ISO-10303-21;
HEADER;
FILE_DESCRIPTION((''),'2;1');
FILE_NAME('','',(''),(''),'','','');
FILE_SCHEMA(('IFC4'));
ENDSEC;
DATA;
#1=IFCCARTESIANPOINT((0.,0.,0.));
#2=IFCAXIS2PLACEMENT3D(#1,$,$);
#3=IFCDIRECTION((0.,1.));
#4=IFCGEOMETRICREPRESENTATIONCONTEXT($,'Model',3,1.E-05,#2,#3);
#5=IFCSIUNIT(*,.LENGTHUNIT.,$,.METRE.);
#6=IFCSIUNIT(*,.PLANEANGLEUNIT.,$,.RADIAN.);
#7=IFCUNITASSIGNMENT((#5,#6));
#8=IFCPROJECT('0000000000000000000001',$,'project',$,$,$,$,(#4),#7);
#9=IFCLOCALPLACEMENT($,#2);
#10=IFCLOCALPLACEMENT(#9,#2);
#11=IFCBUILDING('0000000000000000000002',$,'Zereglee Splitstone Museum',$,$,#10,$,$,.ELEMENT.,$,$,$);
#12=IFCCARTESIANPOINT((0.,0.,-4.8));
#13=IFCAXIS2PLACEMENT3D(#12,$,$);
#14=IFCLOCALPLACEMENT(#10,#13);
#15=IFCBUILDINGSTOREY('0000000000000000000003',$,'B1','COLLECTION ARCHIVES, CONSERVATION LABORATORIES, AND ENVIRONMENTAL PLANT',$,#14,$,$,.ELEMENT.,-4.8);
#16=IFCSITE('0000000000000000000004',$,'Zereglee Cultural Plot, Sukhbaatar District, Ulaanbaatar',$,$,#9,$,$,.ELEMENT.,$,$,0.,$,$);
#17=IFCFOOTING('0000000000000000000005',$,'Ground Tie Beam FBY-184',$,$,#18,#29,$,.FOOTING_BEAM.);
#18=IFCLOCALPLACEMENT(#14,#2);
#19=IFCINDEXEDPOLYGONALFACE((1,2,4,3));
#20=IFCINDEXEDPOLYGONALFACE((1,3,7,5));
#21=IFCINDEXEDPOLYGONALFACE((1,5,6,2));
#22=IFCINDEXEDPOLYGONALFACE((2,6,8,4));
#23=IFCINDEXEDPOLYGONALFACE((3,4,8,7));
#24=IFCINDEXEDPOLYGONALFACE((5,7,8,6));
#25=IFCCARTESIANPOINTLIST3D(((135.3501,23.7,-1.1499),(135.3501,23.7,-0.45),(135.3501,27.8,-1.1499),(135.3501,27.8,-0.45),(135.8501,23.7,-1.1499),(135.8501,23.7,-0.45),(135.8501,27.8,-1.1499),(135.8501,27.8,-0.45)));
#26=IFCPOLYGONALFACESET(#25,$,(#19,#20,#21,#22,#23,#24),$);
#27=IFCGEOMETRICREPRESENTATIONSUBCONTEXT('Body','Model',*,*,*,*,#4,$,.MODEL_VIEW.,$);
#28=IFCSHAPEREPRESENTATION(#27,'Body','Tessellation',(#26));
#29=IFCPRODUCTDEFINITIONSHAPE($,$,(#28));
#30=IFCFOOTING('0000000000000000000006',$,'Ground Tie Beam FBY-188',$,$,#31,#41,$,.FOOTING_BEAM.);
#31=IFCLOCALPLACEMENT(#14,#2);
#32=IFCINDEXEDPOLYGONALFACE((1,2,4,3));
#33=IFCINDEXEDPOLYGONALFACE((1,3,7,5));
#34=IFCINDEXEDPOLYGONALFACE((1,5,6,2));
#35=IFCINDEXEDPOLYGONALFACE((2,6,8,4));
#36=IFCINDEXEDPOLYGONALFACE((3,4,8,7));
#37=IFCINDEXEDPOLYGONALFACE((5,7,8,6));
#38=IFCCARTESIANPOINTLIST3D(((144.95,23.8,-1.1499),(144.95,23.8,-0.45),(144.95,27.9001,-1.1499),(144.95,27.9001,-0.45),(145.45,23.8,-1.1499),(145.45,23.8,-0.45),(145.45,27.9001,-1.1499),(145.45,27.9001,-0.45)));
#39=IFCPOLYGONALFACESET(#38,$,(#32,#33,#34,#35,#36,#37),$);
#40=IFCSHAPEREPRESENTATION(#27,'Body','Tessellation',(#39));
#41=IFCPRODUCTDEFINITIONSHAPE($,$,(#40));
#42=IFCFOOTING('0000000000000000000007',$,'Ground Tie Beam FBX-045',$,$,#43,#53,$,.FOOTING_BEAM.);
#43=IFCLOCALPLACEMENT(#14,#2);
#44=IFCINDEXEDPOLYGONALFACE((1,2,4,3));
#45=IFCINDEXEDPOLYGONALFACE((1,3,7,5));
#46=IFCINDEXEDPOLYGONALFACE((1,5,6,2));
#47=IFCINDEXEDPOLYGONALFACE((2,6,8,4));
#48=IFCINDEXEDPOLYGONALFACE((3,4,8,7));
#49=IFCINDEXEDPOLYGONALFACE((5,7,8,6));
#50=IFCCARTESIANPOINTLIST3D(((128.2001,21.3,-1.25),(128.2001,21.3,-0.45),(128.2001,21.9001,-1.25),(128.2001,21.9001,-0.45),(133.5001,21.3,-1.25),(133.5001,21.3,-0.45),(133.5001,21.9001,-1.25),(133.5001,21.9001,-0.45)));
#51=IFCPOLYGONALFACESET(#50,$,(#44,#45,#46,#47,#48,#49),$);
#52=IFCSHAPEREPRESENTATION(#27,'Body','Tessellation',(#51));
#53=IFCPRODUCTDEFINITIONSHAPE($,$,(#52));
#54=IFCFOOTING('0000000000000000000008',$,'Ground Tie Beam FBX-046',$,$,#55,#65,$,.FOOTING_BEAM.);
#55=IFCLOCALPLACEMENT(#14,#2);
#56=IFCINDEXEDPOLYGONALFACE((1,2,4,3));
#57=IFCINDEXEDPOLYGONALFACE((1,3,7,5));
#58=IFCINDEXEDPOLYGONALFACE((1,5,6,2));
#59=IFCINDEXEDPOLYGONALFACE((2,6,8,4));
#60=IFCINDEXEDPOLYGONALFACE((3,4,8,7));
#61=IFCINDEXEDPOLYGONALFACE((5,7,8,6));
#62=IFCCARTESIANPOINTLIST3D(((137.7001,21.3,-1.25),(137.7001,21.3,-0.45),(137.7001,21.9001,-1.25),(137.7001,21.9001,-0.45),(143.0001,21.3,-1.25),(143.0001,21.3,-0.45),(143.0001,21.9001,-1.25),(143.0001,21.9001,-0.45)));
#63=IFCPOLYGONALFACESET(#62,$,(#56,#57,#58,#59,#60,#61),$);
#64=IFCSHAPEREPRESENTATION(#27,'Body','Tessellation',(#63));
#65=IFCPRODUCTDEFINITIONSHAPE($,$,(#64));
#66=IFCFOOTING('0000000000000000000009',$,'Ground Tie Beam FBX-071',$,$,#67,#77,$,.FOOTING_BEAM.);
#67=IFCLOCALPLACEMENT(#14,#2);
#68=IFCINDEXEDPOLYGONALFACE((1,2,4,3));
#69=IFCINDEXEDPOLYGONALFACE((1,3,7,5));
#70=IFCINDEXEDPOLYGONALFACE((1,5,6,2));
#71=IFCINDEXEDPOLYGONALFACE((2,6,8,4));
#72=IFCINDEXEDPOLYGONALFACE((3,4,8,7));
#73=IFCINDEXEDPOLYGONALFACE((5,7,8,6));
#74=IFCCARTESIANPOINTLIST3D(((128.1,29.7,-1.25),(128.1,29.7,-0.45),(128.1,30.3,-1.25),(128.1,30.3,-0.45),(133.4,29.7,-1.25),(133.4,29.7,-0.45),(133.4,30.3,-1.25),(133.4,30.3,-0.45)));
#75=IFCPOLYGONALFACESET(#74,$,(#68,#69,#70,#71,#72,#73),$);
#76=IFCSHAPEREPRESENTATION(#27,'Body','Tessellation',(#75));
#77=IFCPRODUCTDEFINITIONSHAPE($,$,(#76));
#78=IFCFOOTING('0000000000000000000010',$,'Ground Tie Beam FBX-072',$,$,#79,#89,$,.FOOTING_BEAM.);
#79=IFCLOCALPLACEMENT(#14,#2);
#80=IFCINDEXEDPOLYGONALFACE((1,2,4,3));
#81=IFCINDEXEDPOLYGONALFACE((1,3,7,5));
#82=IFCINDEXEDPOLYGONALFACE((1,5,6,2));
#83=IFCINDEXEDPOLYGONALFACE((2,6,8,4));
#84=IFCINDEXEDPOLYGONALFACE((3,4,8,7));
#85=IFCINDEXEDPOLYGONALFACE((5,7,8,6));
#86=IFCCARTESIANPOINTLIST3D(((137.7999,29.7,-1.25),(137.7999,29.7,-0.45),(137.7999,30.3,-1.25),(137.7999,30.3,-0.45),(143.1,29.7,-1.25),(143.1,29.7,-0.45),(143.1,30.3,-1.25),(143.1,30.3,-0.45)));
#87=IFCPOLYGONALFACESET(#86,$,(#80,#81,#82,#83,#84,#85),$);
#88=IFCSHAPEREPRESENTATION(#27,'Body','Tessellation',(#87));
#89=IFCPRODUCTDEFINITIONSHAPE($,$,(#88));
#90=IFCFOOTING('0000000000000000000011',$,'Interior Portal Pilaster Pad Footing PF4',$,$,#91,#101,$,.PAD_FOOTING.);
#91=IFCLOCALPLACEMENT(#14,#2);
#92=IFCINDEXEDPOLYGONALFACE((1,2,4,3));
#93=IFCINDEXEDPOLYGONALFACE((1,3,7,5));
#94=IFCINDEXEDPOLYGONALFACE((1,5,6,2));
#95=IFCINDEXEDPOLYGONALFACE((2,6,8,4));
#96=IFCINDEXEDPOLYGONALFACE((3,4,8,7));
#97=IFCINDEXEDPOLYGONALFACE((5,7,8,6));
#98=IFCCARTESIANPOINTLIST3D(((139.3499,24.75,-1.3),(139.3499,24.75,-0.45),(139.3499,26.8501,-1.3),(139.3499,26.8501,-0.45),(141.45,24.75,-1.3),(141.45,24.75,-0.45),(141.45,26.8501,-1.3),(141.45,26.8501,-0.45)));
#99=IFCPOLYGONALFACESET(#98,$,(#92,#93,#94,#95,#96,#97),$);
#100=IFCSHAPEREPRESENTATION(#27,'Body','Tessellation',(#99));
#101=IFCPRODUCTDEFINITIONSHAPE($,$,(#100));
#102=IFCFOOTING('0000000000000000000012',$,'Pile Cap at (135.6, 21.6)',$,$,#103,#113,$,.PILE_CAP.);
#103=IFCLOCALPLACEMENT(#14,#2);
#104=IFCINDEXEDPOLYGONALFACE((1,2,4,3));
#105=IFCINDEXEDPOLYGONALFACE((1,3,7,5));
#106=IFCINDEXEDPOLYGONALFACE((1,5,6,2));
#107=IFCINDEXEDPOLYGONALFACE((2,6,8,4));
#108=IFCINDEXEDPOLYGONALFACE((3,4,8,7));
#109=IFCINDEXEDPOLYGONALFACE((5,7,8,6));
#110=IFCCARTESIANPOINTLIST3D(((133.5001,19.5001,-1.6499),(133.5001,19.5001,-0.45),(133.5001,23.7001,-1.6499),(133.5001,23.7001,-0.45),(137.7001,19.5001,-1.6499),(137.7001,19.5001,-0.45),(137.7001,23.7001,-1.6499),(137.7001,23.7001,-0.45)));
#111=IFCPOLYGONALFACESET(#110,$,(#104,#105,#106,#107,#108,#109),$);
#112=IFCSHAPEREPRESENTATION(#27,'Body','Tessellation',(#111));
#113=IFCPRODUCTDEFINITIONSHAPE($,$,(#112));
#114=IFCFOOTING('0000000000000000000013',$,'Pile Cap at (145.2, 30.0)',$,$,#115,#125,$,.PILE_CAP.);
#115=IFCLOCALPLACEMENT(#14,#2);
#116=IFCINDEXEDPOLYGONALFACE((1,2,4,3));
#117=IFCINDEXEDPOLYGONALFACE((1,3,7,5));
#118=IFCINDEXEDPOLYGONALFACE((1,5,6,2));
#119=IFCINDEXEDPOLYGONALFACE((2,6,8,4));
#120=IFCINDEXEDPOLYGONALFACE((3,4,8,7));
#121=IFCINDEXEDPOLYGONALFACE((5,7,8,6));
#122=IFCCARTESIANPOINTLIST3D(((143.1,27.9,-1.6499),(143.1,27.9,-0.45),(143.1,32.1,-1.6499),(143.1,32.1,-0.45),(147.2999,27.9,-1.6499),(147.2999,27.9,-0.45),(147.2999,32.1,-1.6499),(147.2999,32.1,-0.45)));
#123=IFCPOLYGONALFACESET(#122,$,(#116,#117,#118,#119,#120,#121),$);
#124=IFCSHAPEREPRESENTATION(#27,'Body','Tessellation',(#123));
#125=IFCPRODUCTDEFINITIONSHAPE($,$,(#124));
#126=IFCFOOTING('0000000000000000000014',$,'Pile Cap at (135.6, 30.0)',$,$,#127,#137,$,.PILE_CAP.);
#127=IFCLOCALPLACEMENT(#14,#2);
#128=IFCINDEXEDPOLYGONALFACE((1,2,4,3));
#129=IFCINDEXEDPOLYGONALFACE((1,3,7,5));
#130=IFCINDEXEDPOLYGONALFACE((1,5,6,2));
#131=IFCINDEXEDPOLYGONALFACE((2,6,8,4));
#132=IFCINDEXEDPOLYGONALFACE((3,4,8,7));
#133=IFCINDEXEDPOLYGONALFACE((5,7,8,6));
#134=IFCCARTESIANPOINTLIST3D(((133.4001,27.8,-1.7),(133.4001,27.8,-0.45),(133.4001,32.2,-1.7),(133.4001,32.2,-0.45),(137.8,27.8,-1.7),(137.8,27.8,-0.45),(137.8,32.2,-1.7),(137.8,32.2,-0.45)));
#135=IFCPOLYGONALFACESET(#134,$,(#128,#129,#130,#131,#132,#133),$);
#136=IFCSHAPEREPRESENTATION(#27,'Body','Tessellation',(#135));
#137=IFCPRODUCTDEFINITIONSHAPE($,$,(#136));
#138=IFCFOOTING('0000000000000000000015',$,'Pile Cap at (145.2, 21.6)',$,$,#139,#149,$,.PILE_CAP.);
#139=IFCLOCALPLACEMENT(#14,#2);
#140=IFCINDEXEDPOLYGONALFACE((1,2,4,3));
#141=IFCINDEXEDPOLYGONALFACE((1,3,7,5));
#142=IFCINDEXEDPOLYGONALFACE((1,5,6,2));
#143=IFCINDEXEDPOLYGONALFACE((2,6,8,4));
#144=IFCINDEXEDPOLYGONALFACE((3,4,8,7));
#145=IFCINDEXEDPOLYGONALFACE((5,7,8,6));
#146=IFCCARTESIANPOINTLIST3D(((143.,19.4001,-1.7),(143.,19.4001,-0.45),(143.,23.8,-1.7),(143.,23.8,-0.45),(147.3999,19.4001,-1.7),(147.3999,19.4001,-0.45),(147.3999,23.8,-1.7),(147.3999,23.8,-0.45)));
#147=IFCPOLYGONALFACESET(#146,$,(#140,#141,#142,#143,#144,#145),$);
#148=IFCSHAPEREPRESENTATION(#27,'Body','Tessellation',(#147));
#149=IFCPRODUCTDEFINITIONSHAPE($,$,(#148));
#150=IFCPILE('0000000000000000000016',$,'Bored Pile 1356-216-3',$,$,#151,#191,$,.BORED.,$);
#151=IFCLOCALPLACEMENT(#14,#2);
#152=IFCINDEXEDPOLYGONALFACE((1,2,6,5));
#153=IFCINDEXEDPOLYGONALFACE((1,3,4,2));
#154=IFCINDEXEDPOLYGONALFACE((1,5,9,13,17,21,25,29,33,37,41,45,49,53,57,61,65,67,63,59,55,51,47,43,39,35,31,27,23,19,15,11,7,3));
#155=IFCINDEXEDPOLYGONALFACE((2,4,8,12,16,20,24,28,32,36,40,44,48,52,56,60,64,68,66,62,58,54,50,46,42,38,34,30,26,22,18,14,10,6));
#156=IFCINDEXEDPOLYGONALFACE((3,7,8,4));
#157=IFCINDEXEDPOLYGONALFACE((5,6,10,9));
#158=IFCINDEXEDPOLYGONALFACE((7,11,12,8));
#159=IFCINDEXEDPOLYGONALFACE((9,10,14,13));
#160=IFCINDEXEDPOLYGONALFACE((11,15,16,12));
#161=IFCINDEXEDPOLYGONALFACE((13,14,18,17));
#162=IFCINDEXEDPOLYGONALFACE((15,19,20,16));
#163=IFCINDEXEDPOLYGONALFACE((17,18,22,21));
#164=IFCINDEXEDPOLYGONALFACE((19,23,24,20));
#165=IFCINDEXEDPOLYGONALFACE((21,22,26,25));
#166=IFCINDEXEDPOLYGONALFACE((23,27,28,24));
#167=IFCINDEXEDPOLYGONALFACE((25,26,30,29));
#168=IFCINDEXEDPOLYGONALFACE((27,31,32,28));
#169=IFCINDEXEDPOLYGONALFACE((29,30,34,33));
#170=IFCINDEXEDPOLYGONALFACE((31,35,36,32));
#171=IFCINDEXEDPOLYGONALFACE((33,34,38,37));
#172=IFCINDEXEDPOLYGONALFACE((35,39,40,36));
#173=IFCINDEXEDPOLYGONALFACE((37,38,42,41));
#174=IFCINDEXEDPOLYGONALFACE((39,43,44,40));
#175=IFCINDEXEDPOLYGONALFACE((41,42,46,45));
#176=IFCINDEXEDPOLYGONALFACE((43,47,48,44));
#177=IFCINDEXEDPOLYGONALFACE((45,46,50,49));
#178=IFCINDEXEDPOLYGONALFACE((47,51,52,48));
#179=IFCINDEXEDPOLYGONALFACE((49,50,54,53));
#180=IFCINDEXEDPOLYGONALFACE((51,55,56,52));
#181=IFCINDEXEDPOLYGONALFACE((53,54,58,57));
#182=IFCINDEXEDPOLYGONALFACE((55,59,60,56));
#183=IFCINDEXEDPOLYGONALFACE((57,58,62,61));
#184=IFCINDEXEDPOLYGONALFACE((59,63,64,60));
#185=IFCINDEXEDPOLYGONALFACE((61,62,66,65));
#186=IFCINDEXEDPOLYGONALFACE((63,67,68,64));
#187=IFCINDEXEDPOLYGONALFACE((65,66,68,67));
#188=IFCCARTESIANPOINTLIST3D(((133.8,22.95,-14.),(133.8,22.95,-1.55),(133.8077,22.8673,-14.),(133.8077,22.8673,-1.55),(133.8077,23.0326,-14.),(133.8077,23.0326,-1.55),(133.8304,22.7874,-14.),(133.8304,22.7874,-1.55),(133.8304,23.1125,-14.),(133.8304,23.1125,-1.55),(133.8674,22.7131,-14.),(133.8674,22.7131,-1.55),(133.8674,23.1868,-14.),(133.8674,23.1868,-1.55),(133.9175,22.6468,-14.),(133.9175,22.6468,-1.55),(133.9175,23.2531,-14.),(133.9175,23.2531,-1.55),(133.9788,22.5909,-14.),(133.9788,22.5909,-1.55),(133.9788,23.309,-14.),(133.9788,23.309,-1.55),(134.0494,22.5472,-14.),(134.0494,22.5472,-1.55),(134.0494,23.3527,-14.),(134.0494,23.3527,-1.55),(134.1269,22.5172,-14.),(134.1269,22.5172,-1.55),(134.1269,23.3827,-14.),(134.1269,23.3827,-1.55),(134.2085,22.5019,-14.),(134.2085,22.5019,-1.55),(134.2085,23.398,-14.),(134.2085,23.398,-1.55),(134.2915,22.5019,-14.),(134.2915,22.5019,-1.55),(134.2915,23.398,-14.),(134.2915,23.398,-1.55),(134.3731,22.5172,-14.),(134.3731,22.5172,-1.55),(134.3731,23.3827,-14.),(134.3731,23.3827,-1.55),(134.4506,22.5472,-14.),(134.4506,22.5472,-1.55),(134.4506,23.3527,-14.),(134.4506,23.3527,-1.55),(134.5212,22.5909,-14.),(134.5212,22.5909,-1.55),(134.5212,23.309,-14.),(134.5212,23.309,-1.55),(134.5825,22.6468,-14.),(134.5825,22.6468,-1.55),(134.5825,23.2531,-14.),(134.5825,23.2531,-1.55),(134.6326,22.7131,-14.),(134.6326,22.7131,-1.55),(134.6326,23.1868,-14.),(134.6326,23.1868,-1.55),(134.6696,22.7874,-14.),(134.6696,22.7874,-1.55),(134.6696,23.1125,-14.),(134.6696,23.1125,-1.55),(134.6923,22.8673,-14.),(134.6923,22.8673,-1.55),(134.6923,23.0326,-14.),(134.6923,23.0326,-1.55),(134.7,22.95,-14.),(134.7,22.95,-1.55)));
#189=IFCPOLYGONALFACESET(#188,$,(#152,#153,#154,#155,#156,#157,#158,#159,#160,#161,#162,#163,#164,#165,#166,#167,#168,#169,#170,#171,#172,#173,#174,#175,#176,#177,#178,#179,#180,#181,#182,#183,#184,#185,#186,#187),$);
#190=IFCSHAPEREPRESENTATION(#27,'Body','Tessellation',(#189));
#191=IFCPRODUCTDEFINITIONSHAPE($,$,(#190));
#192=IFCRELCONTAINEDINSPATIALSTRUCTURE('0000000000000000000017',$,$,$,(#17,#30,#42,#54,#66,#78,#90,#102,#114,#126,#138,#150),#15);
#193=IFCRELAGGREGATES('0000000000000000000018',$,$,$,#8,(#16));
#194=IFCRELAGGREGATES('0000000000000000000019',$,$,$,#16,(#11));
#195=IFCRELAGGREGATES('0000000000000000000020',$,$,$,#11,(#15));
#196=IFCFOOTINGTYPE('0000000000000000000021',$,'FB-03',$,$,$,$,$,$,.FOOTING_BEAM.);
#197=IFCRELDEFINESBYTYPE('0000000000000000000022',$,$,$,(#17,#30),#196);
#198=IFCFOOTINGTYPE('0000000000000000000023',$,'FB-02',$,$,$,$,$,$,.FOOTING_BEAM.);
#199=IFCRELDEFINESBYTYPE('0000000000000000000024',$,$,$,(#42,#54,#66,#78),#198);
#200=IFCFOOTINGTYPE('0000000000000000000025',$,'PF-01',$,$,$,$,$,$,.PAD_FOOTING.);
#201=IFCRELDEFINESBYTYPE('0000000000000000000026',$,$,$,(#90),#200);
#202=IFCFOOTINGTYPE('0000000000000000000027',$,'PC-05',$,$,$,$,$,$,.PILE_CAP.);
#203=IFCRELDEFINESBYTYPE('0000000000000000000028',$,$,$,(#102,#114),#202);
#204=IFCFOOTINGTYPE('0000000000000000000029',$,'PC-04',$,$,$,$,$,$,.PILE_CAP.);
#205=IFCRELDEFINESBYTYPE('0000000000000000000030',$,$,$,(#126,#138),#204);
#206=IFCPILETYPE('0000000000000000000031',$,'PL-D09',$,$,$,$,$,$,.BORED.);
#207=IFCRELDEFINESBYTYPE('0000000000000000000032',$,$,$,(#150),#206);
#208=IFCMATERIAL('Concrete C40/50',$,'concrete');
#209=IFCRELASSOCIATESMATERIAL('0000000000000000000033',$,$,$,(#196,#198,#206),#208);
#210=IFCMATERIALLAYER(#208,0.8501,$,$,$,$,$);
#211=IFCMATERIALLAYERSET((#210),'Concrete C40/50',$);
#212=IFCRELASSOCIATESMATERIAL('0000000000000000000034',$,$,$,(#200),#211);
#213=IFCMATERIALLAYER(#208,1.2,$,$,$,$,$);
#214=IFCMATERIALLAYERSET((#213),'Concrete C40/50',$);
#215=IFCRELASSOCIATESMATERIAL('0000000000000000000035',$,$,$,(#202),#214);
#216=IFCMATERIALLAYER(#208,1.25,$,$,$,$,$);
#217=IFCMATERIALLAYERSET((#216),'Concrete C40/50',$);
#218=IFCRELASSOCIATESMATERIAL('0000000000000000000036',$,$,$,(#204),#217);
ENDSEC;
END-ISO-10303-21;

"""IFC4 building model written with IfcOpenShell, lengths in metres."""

from ifc_helpers import new_model, si_unit, direction, frame, origin, origin_2d, place, context, subcontext, project, spatial, rectangle, circle, extrude, material, layer, layer_set, material_profile, profile_set, type_object, element, save


model = new_model("IFC4")

# Units and contexts
model_context = context("Model", 3, precision=1e-05, world=origin(), true_north=direction((0.0, 1.0)))
body_context = subcontext(model_context, "Body", "Model", "MODEL_VIEW")
ifc_project = project(units=[si_unit("LENGTHUNIT", "METRE"), si_unit("PLANEANGLEUNIT", "RADIAN")], contexts=[model_context])

# Site, building, storey
site_placement = place(None, origin())
site = spatial("IfcSite", under=ifc_project, at=site_placement, Name="Zereglee Cultural Plot, Sukhbaatar District, Ulaanbaatar", CompositionType="ELEMENT", RefElevation=0.0)
building_placement = place(site_placement, origin())
building = spatial("IfcBuilding", under=site, at=building_placement, Name="Zereglee Splitstone Museum", CompositionType="ELEMENT")
storey_placement = place(building_placement, frame((0.0, 0.0, -4.8)))
storey = spatial("IfcBuildingStorey", under=building, at=storey_placement, Name="B1", Description="COLLECTION ARCHIVES, CONSERVATION LABORATORIES, AND ENVIRONMENTAL PLANT", CompositionType="ELEMENT", Elevation=-4.8)

# Footings
ifc_material_1 = material(Name="Concrete C40/50", Category="concrete")
footing_type_1 = type_object("IfcFootingType", Name="FB-03", PredefinedType="FOOTING_BEAM", material=ifc_material_1)
for number, where, z_axis, x_axis, name in (
    (1, (135.6001, 25.75, -1.1499), (0.0, 0.0, 1.0), (0.0, 1.0, 0.0), "Ground Tie Beam FBY-184"),
    (2, (145.2, 25.8501, -1.1499), (0.0, 0.0, 1.0), (0.0, 1.0, 0.0), "Ground Tie Beam FBY-188"),
):
    element("IfcFooting", number, at=place(storey_placement, frame(where, z_axis=z_axis, x_axis=x_axis)), inside=storey, type_object=footing_type_1, Name=name, PredefinedType="FOOTING_BEAM", context=body_context, shape_type="SweptSolid", body=[
        extrude(rectangle(XDim=4.1001, YDim=0.5, at=origin_2d()), origin(), (0.0, 0.0, 1.0), 0.7),
    ])
footing_type_2 = type_object("IfcFootingType", Name="FB-02", PredefinedType="FOOTING_BEAM", material=ifc_material_1)
for number, where, z_axis, x_axis, name in (
    (3, (130.8501, 21.6001, -1.25), (0.0, 0.0, 1.0), (1.0, 0.0, 0.0), "Ground Tie Beam FBX-045"),
    (4, (140.3501, 21.6001, -1.25), (0.0, 0.0, 1.0), (1.0, 0.0, 0.0), "Ground Tie Beam FBX-046"),
    (5, (130.75, 30.0, -1.25), (0.0, 0.0, 1.0), (1.0, 0.0, 0.0), "Ground Tie Beam FBX-071"),
    (6, (140.45, 30.0, -1.25), (0.0, 0.0, 1.0), (1.0, 0.0, 0.0), "Ground Tie Beam FBX-072"),
):
    element("IfcFooting", number, at=place(storey_placement, frame(where, z_axis=z_axis, x_axis=x_axis)), inside=storey, type_object=footing_type_2, Name=name, PredefinedType="FOOTING_BEAM", context=body_context, shape_type="SweptSolid", body=[
        extrude(rectangle(XDim=5.3, YDim=0.6001, at=origin_2d()), origin(), (0.0, 0.0, 1.0), 0.8),
    ])
ifc_layer_1 = layer(ifc_material_1, 0.8501)
ifc_layer_set_1 = layer_set([ifc_layer_1], Name="Concrete C40/50")
footing_type_3 = type_object("IfcFootingType", Name="PF-01", PredefinedType="PAD_FOOTING", material=ifc_layer_set_1)
footing_placement = place(storey_placement, frame((140.3999, 25.8, -1.3), z_axis=(0.0, 0.0, 1.0), x_axis=(1.0, 0.0, 0.0)))
element("IfcFooting", 7, at=footing_placement, inside=storey, type_object=footing_type_3, Name="Interior Portal Pilaster Pad Footing PF4", PredefinedType="PAD_FOOTING", context=body_context, shape_type="SweptSolid", body=[
    extrude(rectangle(XDim=2.1001, YDim=2.1001, at=origin_2d()), origin(), (0.0, 0.0, 1.0), 0.8501),
])
ifc_layer_2 = layer(ifc_material_1, 1.2)
ifc_layer_set_2 = layer_set([ifc_layer_2], Name="Concrete C40/50")
footing_type_4 = type_object("IfcFootingType", Name="PC-05", PredefinedType="PILE_CAP", material=ifc_layer_set_2)
for number, where, z_axis, x_axis, name in (
    (8, (135.6001, 21.6001, -1.6499), (0.0, 0.0, 1.0), (1.0, 0.0, 0.0), "Pile Cap at (135.6, 21.6)"),
    (9, (145.2, 30.0, -1.6499), (0.0, 0.0, 1.0), (1.0, 0.0, 0.0), "Pile Cap at (145.2, 30.0)"),
):
    element("IfcFooting", number, at=place(storey_placement, frame(where, z_axis=z_axis, x_axis=x_axis)), inside=storey, type_object=footing_type_4, Name=name, PredefinedType="PILE_CAP", context=body_context, shape_type="SweptSolid", body=[
        extrude(rectangle(XDim=4.2, YDim=4.2, at=origin_2d()), origin(), (0.0, 0.0, 1.0), 1.2),
    ])
ifc_layer_3 = layer(ifc_material_1, 1.25)
ifc_layer_set_3 = layer_set([ifc_layer_3], Name="Concrete C40/50")
footing_type_5 = type_object("IfcFootingType", Name="PC-04", PredefinedType="PILE_CAP", material=ifc_layer_set_3)
for number, where, z_axis, x_axis, name in (
    (10, (135.6001, 30.0, -1.7), (0.0, 0.0, 1.0), (1.0, 0.0, 0.0), "Pile Cap at (135.6, 30.0)"),
    (11, (145.2, 21.6001, -1.7), (0.0, 0.0, 1.0), (1.0, 0.0, 0.0), "Pile Cap at (145.2, 21.6)"),
):
    element("IfcFooting", number, at=place(storey_placement, frame(where, z_axis=z_axis, x_axis=x_axis)), inside=storey, type_object=footing_type_5, Name=name, PredefinedType="PILE_CAP", context=body_context, shape_type="SweptSolid", body=[
        extrude(rectangle(XDim=4.3999, YDim=4.3999, at=origin_2d()), origin(), (0.0, 0.0, 1.0), 1.25),
    ])

# Pile
ifc_material_profile_1 = material_profile(ifc_material_1, circle(Radius=0.45, at=origin_2d()), Name="PILE D900")
ifc_profile_set_1 = profile_set([ifc_material_profile_1], Name="Concrete C40/50")
pile_type = type_object("IfcPileType", Name="PL-D09", PredefinedType="BORED", material=ifc_profile_set_1)
for number, where, z_axis, x_axis, name in (
    (12, (134.25, 22.95, -1.55), (0.0, 0.0, -1.0), (1.0, 0.0, 0.0), "Bored Pile 1356-216-3"),
):
    element("IfcPile", number, at=place(storey_placement, frame(where, z_axis=z_axis, x_axis=x_axis)), inside=storey, type_object=pile_type, Name=name, PredefinedType="BORED", context=body_context, shape_type="SweptSolid", body=[
        extrude(circle(Radius=0.45, at=origin_2d()), origin(), (0.0, 0.0, 1.0), 12.45),
    ])

save(model, "model.ifc")
